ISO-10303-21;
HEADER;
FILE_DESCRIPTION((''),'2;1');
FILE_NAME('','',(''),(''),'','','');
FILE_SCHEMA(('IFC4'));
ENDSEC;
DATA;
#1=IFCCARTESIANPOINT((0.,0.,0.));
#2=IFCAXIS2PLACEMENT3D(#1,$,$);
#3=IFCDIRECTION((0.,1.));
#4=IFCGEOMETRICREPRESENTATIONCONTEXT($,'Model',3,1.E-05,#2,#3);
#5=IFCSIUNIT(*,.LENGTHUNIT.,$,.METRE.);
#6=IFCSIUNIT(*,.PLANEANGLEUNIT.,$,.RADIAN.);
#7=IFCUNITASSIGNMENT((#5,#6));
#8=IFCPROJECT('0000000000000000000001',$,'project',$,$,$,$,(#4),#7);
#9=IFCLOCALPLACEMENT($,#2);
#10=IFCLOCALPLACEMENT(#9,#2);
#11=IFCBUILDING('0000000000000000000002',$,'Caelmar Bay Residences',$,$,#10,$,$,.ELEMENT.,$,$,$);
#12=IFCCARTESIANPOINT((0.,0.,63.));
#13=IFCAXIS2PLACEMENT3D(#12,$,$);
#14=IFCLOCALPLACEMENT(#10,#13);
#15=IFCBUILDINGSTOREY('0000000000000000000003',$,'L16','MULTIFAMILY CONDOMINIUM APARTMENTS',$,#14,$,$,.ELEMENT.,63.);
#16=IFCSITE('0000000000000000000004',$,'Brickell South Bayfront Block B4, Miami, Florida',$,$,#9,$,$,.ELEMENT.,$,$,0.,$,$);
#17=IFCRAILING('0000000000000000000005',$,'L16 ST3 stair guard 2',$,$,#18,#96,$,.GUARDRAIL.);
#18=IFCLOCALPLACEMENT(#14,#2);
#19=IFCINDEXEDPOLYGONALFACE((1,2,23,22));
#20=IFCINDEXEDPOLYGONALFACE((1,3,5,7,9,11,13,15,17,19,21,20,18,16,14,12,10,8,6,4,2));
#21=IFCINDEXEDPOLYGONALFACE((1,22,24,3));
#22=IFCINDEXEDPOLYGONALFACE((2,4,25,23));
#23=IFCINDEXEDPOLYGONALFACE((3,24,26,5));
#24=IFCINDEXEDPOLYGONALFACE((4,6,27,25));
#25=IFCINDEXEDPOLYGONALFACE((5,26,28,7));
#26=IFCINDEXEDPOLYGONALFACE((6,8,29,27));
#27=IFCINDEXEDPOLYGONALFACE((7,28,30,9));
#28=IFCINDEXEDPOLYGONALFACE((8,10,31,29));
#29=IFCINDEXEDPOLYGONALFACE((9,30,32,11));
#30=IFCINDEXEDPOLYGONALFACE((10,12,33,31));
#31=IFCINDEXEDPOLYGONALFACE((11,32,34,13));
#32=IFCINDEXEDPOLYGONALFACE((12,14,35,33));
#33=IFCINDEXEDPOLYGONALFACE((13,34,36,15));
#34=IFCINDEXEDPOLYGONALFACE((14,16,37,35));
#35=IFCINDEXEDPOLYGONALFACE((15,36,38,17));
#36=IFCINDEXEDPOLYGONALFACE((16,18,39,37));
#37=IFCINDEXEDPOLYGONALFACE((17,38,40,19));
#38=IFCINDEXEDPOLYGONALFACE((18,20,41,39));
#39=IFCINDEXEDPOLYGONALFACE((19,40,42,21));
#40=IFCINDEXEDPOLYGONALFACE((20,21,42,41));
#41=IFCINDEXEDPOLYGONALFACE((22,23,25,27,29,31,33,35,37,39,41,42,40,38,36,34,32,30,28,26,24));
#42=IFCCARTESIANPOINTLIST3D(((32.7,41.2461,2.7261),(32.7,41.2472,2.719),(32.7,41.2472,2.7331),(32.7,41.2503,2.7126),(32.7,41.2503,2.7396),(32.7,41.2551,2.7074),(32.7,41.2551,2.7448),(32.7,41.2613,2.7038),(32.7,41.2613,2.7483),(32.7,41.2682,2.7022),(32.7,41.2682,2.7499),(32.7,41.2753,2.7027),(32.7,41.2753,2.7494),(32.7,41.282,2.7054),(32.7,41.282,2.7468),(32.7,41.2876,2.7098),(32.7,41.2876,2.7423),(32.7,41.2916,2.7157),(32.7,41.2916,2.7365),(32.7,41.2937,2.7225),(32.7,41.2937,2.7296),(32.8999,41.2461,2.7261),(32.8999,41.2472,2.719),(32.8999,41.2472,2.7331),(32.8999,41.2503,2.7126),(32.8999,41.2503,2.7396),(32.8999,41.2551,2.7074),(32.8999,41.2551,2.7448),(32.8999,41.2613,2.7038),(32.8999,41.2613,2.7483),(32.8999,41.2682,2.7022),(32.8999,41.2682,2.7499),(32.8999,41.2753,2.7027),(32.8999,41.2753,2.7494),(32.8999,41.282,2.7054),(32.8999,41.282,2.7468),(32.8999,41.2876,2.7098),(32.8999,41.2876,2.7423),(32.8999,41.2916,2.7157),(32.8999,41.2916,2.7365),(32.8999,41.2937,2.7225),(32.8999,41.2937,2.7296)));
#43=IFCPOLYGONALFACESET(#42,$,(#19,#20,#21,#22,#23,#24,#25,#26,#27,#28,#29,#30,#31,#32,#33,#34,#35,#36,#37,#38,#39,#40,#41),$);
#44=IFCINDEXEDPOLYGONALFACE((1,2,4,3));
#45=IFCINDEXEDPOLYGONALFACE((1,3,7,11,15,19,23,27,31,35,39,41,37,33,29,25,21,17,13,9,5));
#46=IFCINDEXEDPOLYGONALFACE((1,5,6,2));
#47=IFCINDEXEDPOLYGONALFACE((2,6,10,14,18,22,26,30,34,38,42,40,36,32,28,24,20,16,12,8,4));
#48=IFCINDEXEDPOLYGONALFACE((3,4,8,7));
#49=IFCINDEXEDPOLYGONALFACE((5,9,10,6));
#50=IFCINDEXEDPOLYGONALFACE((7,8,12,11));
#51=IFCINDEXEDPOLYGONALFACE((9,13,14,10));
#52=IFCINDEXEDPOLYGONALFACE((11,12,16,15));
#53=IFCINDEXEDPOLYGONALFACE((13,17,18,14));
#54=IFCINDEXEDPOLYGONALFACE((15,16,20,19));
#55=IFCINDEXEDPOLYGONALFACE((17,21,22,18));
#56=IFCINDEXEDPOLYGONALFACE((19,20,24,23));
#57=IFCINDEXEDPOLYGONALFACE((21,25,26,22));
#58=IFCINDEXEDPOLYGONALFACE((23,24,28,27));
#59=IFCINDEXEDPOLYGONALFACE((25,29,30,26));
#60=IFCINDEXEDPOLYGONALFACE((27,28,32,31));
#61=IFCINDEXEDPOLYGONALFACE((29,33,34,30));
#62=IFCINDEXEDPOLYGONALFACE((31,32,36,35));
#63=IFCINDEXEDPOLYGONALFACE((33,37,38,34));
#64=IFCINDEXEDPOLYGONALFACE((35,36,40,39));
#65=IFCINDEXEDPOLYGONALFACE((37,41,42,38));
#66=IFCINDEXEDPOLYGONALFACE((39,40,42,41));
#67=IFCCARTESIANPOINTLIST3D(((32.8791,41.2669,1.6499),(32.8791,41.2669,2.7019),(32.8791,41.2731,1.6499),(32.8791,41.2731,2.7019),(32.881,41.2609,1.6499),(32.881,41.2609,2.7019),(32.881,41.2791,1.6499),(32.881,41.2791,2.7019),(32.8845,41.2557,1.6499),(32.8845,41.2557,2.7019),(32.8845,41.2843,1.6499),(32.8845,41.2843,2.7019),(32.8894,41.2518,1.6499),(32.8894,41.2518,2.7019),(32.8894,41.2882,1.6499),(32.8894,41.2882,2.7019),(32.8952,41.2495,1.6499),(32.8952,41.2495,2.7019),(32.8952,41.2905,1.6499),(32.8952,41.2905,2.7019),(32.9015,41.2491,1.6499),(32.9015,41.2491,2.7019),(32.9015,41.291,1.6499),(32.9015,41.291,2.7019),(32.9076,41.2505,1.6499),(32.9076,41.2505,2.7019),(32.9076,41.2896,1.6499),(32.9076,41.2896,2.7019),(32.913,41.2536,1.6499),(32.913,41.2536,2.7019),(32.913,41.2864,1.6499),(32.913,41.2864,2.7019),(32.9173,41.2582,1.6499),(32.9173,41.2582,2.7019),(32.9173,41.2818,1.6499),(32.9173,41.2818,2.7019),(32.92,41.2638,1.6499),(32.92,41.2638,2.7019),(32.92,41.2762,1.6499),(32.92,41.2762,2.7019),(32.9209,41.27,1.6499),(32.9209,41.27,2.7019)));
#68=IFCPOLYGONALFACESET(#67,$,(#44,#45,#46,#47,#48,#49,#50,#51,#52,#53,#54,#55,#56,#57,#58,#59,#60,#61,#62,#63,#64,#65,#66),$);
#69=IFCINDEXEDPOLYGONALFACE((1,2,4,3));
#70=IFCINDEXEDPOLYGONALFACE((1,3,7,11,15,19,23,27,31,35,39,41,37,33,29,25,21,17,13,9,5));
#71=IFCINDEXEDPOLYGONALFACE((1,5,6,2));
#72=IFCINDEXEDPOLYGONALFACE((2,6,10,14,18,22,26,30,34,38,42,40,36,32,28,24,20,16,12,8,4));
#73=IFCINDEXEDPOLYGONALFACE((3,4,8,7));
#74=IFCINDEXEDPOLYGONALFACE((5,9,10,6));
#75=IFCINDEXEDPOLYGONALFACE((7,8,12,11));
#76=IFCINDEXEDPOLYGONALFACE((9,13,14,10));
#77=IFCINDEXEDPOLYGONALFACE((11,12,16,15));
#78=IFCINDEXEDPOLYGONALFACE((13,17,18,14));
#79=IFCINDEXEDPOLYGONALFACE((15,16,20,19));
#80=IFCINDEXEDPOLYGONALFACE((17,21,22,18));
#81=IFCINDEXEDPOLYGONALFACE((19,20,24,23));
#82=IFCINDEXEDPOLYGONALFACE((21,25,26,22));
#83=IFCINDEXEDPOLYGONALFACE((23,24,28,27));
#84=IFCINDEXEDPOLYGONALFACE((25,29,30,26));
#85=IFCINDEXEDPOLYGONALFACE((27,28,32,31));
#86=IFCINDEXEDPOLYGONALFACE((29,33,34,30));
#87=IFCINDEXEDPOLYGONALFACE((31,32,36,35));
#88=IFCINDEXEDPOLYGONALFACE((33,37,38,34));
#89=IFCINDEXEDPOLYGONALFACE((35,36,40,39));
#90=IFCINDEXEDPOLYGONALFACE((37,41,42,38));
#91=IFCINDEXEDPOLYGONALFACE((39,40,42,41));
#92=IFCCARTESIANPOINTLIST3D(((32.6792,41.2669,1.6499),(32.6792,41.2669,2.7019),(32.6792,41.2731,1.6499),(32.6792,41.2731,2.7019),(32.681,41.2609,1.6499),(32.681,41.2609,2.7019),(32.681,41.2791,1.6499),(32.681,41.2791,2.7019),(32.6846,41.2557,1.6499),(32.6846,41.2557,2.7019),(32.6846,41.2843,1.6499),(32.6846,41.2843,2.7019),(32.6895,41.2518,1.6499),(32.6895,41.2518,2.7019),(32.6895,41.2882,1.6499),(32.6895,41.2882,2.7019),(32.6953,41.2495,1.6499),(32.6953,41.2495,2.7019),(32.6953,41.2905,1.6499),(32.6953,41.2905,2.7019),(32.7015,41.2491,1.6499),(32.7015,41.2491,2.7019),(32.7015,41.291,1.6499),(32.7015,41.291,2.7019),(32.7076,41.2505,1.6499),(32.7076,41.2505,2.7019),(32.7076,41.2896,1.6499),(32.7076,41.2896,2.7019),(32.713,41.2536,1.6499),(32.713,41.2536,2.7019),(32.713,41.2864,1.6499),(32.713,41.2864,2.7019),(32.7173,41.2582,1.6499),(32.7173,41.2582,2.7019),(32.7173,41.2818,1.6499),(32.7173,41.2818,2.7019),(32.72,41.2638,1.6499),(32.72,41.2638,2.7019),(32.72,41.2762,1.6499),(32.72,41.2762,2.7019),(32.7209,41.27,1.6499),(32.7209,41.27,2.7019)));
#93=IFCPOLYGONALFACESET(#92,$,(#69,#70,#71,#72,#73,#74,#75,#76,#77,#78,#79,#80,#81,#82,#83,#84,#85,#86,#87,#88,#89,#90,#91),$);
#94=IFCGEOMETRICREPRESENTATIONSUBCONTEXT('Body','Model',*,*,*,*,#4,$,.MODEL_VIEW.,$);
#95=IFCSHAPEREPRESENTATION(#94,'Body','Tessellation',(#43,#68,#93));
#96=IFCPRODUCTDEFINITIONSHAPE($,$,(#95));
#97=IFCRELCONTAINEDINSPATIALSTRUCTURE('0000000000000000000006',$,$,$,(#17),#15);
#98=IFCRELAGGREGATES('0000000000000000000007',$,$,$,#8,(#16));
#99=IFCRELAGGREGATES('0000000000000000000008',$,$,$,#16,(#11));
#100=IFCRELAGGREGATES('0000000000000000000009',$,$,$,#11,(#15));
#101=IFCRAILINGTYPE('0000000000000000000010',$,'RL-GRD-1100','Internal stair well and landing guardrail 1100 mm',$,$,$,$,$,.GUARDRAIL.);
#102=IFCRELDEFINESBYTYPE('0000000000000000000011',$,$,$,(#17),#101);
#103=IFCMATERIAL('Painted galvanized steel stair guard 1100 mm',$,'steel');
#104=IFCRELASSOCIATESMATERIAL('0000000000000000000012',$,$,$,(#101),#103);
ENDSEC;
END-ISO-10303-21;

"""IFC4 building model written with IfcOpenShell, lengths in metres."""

from ifc_helpers import new_model, si_unit, direction, frame, origin, origin_2d, place, context, subcontext, project, spatial, circle, extrude, material, type_object, element, save


model = new_model("IFC4")

# Units and contexts
model_context = context("Model", 3, precision=1e-05, world=origin(), true_north=direction((0.0, 1.0)))
body_context = subcontext(model_context, "Body", "Model", "MODEL_VIEW")
ifc_project = project(units=[si_unit("LENGTHUNIT", "METRE"), si_unit("PLANEANGLEUNIT", "RADIAN")], contexts=[model_context])

# Site, building, storey
site_placement = place(None, origin())
site = spatial("IfcSite", under=ifc_project, at=site_placement, Name="Brickell South Bayfront Block B4, Miami, Florida", CompositionType="ELEMENT", RefElevation=0.0)
building_placement = place(site_placement, origin())
building = spatial("IfcBuilding", under=site, at=building_placement, Name="Caelmar Bay Residences", CompositionType="ELEMENT")
storey_placement = place(building_placement, frame((0.0, 0.0, 63.0)))
storey = spatial("IfcBuildingStorey", under=building, at=storey_placement, Name="L16", Description="MULTIFAMILY CONDOMINIUM APARTMENTS", CompositionType="ELEMENT", Elevation=63.0)

# Railing
ifc_material_1 = material(Name="Painted galvanized steel stair guard 1100 mm", Category="steel")
railing_type_1 = type_object("IfcRailingType", Name="RL-GRD-1100", Description="Internal stair well and landing guardrail 1100 mm", PredefinedType="GUARDRAIL", material=ifc_material_1)
railing_1_placement = place(storey_placement, frame((32.8999, 41.27, 1.6499)))
element("IfcRailing", 1, at=railing_1_placement, inside=storey, type_object=railing_type_1, Name="L16 ST3 stair guard 2", PredefinedType="GUARDRAIL", context=body_context, shape_type="SweptSolid", body=[
    extrude(circle(Radius=0.0239, at=origin_2d()), frame((0.0, 0.0, 1.0762), z_axis=(-1.0, 0.0, 0.0), x_axis=(0.0, -1.0, 0.0)), (0.0, 0.0, 1.0), 0.2),
    extrude(circle(Radius=0.021, at=origin_2d()), origin(), (0.0, 0.0, 1.0), 1.052),
    extrude(circle(Radius=0.021, at=origin_2d()), frame((-0.2, 0.0, 0.0)), (0.0, 0.0, 1.0), 1.052),
])

save(model, "model.ifc")
